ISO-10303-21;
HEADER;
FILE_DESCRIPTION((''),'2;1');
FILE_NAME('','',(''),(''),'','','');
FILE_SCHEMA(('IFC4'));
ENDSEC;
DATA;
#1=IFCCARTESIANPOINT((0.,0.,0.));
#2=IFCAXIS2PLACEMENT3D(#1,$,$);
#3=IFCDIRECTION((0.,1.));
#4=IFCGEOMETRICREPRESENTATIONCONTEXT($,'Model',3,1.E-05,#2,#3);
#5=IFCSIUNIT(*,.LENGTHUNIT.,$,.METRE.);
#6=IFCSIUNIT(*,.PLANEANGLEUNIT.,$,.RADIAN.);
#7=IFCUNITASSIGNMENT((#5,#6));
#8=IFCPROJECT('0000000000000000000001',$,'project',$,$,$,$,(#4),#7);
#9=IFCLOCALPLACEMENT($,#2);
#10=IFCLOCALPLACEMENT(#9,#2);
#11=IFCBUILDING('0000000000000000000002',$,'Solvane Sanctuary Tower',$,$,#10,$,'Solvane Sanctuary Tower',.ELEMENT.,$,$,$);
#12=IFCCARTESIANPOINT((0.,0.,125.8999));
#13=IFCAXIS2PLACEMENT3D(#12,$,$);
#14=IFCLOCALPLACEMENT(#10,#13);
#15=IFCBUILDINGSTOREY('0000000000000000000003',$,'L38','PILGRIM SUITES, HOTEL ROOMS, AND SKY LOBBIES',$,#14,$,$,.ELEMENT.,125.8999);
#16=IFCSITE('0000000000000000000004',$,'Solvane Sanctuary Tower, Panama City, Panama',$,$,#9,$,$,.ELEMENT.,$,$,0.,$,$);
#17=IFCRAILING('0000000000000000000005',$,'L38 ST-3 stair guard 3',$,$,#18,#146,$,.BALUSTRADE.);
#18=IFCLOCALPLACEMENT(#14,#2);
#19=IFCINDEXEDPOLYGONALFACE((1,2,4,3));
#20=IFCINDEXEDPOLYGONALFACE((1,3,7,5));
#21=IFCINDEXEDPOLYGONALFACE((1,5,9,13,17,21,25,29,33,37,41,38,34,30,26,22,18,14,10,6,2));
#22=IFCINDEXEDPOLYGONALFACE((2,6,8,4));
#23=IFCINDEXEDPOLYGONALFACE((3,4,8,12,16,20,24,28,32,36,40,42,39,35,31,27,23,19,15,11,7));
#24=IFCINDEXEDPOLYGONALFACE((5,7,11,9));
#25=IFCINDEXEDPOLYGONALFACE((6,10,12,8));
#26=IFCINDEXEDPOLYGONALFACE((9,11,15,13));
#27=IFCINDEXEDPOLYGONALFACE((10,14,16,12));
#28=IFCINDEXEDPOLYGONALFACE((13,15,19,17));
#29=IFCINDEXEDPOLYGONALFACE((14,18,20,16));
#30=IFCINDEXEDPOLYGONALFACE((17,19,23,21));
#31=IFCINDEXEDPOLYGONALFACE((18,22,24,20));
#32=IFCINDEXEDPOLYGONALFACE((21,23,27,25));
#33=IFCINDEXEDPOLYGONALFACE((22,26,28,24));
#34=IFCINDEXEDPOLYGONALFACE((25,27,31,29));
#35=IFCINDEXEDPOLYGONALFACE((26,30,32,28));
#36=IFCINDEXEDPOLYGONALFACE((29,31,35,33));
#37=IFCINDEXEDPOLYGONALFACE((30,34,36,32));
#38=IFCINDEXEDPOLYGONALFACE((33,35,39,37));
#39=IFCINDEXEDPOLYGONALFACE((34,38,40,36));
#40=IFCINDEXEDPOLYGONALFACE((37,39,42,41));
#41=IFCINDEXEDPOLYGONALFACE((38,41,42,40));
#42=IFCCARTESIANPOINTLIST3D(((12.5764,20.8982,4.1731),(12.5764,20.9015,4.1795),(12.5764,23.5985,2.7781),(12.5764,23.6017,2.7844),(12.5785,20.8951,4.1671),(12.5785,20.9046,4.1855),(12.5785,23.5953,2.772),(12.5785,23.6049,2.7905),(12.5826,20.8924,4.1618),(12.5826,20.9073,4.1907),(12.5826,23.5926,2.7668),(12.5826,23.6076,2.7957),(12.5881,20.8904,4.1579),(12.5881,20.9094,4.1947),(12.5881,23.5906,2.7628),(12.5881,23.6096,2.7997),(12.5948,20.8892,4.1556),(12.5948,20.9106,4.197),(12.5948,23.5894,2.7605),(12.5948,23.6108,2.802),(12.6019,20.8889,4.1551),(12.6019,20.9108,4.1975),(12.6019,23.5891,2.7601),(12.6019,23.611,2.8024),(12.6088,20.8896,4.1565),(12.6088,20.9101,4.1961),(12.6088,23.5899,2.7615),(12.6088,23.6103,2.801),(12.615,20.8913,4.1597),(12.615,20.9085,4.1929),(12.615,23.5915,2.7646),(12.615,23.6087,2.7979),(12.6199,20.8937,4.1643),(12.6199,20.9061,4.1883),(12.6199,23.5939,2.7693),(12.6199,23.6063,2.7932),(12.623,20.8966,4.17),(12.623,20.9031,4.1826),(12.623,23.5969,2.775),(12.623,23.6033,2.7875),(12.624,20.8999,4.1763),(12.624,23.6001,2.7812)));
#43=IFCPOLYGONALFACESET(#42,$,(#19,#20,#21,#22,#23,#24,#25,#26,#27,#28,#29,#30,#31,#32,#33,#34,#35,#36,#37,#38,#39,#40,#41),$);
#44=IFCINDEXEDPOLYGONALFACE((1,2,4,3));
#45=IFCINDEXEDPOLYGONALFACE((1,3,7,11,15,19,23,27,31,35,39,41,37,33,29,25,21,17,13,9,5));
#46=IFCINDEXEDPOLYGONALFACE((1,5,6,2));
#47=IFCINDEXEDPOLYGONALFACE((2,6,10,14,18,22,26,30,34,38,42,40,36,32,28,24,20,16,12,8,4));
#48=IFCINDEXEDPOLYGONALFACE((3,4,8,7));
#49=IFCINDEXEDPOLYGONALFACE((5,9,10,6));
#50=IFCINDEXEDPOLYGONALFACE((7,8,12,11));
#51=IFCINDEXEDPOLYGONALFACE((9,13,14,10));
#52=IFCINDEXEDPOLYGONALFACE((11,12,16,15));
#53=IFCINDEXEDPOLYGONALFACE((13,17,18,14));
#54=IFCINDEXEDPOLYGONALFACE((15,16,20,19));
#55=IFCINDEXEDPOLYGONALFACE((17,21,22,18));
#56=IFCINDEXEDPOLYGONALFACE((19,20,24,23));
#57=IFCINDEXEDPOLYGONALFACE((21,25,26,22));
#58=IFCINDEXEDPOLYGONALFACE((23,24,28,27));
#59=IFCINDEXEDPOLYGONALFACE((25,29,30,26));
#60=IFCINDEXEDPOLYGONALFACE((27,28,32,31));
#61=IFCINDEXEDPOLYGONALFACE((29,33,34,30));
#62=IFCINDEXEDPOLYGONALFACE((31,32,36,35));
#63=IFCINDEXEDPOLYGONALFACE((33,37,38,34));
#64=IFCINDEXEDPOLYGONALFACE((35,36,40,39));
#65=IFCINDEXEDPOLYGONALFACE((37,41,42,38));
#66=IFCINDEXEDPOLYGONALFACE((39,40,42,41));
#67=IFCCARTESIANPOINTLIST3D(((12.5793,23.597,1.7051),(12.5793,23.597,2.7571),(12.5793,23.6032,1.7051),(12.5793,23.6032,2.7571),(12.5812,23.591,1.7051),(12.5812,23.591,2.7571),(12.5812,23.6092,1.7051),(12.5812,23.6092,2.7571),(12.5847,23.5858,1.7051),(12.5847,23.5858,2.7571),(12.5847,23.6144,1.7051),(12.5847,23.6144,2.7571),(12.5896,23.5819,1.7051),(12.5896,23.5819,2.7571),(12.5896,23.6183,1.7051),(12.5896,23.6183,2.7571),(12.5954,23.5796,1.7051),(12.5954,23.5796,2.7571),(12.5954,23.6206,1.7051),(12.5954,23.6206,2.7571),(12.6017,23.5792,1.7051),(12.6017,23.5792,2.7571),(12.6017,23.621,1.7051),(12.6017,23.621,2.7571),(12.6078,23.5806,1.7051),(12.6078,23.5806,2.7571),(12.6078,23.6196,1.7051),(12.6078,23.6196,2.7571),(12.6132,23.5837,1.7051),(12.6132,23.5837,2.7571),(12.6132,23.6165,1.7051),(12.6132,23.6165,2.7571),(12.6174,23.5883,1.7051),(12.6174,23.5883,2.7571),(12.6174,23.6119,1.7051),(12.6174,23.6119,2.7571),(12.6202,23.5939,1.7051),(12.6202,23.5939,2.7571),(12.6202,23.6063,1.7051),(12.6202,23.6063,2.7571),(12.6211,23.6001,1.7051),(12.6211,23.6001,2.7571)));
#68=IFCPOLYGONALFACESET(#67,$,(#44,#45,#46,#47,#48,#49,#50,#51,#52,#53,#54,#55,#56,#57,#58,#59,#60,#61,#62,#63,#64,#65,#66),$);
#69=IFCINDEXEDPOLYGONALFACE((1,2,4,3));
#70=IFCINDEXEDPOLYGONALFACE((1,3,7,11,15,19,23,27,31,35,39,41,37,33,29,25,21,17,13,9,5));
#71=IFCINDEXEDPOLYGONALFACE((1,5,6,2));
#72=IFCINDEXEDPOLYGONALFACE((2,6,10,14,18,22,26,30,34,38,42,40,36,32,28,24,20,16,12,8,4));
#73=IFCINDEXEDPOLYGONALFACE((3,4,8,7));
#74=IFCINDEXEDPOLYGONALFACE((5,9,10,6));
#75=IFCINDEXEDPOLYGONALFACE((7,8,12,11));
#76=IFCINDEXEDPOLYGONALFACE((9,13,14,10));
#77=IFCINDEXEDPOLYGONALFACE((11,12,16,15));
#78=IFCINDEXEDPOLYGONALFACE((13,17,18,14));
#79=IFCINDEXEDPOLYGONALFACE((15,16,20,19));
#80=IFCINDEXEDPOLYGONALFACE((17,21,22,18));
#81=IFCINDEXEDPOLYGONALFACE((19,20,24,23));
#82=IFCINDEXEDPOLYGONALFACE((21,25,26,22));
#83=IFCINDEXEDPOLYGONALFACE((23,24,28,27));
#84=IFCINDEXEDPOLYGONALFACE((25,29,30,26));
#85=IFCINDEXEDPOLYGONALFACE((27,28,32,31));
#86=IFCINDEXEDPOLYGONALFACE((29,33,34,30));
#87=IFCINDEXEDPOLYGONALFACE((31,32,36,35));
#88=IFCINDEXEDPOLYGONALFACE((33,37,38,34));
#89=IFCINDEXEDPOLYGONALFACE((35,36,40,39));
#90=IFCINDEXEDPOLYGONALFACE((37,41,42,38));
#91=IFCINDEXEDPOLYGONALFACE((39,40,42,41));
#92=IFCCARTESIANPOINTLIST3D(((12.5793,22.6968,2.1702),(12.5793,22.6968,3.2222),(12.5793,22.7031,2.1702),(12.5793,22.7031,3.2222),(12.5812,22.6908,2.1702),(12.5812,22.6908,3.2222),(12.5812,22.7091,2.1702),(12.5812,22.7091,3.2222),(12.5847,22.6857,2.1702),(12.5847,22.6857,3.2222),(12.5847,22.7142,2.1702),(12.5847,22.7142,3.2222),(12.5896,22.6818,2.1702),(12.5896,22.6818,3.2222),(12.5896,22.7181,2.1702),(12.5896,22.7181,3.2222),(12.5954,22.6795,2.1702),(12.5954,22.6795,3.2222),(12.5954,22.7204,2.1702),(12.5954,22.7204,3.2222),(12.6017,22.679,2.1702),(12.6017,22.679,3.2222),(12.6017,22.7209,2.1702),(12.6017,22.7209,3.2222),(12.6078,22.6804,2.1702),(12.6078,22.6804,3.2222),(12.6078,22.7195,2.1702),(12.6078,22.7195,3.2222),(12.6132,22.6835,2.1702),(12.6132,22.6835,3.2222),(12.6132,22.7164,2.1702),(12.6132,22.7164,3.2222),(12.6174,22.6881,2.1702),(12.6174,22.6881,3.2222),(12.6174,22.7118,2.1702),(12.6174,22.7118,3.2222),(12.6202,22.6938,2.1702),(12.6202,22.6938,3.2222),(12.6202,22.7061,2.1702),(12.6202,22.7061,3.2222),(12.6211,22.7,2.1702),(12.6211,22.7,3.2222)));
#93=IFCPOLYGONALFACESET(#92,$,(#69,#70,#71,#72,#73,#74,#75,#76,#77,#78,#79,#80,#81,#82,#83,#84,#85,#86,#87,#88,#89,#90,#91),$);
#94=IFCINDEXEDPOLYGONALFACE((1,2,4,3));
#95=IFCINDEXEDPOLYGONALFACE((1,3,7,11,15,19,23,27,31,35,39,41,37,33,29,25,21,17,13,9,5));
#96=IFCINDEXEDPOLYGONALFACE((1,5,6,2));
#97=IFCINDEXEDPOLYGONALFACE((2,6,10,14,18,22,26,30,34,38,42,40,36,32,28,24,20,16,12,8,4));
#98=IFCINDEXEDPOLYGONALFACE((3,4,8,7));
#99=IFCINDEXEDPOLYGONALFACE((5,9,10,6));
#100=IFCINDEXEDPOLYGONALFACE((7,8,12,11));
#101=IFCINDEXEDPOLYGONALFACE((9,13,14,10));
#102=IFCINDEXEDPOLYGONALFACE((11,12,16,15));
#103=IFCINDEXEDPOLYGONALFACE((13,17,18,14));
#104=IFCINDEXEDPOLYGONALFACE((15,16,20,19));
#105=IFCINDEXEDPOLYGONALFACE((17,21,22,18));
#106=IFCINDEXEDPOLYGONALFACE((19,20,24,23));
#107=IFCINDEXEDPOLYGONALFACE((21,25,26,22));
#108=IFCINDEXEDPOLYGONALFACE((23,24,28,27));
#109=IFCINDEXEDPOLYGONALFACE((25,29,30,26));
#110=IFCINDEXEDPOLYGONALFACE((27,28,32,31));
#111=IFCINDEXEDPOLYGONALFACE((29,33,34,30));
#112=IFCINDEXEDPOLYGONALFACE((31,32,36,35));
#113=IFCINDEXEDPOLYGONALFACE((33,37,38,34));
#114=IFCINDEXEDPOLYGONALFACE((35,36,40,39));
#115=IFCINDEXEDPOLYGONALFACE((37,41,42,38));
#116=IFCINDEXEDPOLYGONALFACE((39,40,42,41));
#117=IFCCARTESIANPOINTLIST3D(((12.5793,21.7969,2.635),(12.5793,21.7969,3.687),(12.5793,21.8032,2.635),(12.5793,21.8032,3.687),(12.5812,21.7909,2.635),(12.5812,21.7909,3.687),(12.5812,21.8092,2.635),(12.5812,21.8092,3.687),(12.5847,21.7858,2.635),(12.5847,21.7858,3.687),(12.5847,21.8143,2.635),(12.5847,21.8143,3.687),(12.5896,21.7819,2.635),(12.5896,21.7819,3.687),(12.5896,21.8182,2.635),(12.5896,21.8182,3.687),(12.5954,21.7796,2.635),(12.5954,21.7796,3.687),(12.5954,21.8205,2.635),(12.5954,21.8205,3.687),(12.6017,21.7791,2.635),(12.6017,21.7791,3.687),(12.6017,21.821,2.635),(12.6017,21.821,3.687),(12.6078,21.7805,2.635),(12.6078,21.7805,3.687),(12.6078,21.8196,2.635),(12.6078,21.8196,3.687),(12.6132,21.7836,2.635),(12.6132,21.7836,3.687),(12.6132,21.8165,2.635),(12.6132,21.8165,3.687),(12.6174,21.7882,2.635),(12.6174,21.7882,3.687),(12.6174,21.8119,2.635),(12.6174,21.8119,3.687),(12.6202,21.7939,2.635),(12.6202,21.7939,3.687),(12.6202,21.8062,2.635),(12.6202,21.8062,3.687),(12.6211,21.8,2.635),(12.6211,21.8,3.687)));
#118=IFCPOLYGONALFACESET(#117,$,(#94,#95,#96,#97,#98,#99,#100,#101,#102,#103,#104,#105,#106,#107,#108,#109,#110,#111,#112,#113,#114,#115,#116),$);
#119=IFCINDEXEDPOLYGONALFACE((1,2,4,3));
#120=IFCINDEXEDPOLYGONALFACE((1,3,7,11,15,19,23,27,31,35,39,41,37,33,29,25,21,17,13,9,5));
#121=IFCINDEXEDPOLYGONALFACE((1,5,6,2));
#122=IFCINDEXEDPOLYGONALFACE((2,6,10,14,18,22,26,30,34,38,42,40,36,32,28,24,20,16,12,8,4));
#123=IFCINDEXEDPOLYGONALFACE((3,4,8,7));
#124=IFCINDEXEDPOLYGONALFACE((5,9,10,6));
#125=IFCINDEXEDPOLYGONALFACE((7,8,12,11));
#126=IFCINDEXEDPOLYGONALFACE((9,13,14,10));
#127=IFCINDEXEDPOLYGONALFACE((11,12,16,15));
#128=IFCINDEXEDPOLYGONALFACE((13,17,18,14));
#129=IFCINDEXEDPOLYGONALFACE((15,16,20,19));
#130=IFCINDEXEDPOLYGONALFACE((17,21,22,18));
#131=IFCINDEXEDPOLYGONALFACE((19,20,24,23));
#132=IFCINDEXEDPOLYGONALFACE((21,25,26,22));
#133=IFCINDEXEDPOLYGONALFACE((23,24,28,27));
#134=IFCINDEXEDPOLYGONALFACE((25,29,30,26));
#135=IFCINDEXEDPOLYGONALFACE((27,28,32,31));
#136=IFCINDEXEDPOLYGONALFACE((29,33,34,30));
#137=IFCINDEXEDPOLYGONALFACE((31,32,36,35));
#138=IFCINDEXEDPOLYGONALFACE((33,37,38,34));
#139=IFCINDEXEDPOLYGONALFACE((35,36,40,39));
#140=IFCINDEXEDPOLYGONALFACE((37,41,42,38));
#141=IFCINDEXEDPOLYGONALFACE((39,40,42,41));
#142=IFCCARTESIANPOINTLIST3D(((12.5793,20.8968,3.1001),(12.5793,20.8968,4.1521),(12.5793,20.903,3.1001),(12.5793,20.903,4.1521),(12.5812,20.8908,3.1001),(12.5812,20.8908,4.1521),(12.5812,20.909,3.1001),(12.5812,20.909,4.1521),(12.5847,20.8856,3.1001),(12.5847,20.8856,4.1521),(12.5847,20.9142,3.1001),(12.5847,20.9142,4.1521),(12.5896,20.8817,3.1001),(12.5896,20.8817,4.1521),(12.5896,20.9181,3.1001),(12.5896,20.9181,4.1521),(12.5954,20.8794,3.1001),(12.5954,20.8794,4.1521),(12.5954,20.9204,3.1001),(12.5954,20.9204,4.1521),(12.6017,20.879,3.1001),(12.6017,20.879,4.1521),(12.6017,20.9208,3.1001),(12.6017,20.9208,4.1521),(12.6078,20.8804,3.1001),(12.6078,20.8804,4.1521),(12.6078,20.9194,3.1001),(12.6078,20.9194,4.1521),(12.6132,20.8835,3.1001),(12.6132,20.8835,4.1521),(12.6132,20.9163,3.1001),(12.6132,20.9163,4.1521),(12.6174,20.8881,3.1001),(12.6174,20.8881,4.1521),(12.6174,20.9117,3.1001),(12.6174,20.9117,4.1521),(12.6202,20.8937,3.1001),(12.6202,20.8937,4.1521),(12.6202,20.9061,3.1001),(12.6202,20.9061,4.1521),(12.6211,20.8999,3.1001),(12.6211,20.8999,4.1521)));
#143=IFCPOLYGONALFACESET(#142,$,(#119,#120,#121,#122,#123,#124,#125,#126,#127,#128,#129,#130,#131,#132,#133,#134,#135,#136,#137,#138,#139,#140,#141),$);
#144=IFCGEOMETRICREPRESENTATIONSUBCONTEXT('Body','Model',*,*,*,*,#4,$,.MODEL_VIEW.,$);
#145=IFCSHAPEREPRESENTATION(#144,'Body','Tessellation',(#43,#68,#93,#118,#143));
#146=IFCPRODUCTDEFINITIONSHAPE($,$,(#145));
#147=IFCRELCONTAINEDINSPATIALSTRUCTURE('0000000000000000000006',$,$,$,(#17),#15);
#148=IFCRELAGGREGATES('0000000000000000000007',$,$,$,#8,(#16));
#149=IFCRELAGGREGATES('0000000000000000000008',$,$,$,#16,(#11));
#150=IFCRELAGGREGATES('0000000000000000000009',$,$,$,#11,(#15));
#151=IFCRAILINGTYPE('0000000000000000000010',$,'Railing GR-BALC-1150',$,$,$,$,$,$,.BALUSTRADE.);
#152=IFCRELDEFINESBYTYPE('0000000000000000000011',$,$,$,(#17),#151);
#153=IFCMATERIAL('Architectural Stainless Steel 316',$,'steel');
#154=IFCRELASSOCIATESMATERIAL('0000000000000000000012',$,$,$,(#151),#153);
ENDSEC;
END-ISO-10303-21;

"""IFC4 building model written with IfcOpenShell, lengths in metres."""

from ifc_helpers import new_model, si_unit, direction, frame, origin, origin_2d, place, context, subcontext, project, spatial, circle, extrude, material, type_object, element, save


model = new_model("IFC4")

# Units and contexts
model_context = context("Model", 3, precision=1e-05, world=origin(), true_north=direction((0.0, 1.0)))
body_context = subcontext(model_context, "Body", "Model", "MODEL_VIEW")
ifc_project = project(units=[si_unit("LENGTHUNIT", "METRE"), si_unit("PLANEANGLEUNIT", "RADIAN")], contexts=[model_context])

# Site, building, storey
site_placement = place(None, origin())
site = spatial("IfcSite", under=ifc_project, at=site_placement, Name="Solvane Sanctuary Tower, Panama City, Panama", CompositionType="ELEMENT", RefElevation=0.0)
building_placement = place(site_placement, origin())
building = spatial("IfcBuilding", under=site, at=building_placement, Name="Solvane Sanctuary Tower", LongName="Solvane Sanctuary Tower", CompositionType="ELEMENT")
storey_placement = place(building_placement, frame((0.0, 0.0, 125.8999)))
storey = spatial("IfcBuildingStorey", under=building, at=storey_placement, Name="L38", Description="PILGRIM SUITES, HOTEL ROOMS, AND SKY LOBBIES", CompositionType="ELEMENT", Elevation=125.8999)

# Shared definitions
ifc_material_1 = material(Name="Architectural Stainless Steel 316", Category="steel")

# Railing
railing_type_1 = type_object("IfcRailingType", Name="Railing GR-BALC-1150", PredefinedType="BALUSTRADE", material=ifc_material_1)
railing_1_placement = place(storey_placement, frame((12.6001, 23.6001, 1.7051)))
element("IfcRailing", 1, at=railing_1_placement, inside=storey, type_object=railing_type_1, Name="L38 ST-3 stair guard 3", PredefinedType="BALUSTRADE", context=body_context, shape_type="SweptSolid", body=[
    extrude(circle(Radius=0.0239, at=origin_2d()), frame((0.0, 0.0, 1.0762), z_axis=(0.0, -0.888437, 0.458999), x_axis=(1.0, 0.0, 0.0)), (0.0, 0.0, 1.0), 3.0393),
    extrude(circle(Radius=0.021, at=origin_2d()), origin(), (0.0, 0.0, 1.0), 1.052),
    extrude(circle(Radius=0.021, at=origin_2d()), frame((0.0, -0.9001, 0.4651)), (0.0, 0.0, 1.0), 1.052),
    extrude(circle(Radius=0.021, at=origin_2d()), frame((0.0, -1.8, 0.9299)), (0.0, 0.0, 1.0), 1.052),
    extrude(circle(Radius=0.021, at=origin_2d()), frame((0.0, -2.7002, 1.395)), (0.0, 0.0, 1.0), 1.052),
])

save(model, "model.ifc")
